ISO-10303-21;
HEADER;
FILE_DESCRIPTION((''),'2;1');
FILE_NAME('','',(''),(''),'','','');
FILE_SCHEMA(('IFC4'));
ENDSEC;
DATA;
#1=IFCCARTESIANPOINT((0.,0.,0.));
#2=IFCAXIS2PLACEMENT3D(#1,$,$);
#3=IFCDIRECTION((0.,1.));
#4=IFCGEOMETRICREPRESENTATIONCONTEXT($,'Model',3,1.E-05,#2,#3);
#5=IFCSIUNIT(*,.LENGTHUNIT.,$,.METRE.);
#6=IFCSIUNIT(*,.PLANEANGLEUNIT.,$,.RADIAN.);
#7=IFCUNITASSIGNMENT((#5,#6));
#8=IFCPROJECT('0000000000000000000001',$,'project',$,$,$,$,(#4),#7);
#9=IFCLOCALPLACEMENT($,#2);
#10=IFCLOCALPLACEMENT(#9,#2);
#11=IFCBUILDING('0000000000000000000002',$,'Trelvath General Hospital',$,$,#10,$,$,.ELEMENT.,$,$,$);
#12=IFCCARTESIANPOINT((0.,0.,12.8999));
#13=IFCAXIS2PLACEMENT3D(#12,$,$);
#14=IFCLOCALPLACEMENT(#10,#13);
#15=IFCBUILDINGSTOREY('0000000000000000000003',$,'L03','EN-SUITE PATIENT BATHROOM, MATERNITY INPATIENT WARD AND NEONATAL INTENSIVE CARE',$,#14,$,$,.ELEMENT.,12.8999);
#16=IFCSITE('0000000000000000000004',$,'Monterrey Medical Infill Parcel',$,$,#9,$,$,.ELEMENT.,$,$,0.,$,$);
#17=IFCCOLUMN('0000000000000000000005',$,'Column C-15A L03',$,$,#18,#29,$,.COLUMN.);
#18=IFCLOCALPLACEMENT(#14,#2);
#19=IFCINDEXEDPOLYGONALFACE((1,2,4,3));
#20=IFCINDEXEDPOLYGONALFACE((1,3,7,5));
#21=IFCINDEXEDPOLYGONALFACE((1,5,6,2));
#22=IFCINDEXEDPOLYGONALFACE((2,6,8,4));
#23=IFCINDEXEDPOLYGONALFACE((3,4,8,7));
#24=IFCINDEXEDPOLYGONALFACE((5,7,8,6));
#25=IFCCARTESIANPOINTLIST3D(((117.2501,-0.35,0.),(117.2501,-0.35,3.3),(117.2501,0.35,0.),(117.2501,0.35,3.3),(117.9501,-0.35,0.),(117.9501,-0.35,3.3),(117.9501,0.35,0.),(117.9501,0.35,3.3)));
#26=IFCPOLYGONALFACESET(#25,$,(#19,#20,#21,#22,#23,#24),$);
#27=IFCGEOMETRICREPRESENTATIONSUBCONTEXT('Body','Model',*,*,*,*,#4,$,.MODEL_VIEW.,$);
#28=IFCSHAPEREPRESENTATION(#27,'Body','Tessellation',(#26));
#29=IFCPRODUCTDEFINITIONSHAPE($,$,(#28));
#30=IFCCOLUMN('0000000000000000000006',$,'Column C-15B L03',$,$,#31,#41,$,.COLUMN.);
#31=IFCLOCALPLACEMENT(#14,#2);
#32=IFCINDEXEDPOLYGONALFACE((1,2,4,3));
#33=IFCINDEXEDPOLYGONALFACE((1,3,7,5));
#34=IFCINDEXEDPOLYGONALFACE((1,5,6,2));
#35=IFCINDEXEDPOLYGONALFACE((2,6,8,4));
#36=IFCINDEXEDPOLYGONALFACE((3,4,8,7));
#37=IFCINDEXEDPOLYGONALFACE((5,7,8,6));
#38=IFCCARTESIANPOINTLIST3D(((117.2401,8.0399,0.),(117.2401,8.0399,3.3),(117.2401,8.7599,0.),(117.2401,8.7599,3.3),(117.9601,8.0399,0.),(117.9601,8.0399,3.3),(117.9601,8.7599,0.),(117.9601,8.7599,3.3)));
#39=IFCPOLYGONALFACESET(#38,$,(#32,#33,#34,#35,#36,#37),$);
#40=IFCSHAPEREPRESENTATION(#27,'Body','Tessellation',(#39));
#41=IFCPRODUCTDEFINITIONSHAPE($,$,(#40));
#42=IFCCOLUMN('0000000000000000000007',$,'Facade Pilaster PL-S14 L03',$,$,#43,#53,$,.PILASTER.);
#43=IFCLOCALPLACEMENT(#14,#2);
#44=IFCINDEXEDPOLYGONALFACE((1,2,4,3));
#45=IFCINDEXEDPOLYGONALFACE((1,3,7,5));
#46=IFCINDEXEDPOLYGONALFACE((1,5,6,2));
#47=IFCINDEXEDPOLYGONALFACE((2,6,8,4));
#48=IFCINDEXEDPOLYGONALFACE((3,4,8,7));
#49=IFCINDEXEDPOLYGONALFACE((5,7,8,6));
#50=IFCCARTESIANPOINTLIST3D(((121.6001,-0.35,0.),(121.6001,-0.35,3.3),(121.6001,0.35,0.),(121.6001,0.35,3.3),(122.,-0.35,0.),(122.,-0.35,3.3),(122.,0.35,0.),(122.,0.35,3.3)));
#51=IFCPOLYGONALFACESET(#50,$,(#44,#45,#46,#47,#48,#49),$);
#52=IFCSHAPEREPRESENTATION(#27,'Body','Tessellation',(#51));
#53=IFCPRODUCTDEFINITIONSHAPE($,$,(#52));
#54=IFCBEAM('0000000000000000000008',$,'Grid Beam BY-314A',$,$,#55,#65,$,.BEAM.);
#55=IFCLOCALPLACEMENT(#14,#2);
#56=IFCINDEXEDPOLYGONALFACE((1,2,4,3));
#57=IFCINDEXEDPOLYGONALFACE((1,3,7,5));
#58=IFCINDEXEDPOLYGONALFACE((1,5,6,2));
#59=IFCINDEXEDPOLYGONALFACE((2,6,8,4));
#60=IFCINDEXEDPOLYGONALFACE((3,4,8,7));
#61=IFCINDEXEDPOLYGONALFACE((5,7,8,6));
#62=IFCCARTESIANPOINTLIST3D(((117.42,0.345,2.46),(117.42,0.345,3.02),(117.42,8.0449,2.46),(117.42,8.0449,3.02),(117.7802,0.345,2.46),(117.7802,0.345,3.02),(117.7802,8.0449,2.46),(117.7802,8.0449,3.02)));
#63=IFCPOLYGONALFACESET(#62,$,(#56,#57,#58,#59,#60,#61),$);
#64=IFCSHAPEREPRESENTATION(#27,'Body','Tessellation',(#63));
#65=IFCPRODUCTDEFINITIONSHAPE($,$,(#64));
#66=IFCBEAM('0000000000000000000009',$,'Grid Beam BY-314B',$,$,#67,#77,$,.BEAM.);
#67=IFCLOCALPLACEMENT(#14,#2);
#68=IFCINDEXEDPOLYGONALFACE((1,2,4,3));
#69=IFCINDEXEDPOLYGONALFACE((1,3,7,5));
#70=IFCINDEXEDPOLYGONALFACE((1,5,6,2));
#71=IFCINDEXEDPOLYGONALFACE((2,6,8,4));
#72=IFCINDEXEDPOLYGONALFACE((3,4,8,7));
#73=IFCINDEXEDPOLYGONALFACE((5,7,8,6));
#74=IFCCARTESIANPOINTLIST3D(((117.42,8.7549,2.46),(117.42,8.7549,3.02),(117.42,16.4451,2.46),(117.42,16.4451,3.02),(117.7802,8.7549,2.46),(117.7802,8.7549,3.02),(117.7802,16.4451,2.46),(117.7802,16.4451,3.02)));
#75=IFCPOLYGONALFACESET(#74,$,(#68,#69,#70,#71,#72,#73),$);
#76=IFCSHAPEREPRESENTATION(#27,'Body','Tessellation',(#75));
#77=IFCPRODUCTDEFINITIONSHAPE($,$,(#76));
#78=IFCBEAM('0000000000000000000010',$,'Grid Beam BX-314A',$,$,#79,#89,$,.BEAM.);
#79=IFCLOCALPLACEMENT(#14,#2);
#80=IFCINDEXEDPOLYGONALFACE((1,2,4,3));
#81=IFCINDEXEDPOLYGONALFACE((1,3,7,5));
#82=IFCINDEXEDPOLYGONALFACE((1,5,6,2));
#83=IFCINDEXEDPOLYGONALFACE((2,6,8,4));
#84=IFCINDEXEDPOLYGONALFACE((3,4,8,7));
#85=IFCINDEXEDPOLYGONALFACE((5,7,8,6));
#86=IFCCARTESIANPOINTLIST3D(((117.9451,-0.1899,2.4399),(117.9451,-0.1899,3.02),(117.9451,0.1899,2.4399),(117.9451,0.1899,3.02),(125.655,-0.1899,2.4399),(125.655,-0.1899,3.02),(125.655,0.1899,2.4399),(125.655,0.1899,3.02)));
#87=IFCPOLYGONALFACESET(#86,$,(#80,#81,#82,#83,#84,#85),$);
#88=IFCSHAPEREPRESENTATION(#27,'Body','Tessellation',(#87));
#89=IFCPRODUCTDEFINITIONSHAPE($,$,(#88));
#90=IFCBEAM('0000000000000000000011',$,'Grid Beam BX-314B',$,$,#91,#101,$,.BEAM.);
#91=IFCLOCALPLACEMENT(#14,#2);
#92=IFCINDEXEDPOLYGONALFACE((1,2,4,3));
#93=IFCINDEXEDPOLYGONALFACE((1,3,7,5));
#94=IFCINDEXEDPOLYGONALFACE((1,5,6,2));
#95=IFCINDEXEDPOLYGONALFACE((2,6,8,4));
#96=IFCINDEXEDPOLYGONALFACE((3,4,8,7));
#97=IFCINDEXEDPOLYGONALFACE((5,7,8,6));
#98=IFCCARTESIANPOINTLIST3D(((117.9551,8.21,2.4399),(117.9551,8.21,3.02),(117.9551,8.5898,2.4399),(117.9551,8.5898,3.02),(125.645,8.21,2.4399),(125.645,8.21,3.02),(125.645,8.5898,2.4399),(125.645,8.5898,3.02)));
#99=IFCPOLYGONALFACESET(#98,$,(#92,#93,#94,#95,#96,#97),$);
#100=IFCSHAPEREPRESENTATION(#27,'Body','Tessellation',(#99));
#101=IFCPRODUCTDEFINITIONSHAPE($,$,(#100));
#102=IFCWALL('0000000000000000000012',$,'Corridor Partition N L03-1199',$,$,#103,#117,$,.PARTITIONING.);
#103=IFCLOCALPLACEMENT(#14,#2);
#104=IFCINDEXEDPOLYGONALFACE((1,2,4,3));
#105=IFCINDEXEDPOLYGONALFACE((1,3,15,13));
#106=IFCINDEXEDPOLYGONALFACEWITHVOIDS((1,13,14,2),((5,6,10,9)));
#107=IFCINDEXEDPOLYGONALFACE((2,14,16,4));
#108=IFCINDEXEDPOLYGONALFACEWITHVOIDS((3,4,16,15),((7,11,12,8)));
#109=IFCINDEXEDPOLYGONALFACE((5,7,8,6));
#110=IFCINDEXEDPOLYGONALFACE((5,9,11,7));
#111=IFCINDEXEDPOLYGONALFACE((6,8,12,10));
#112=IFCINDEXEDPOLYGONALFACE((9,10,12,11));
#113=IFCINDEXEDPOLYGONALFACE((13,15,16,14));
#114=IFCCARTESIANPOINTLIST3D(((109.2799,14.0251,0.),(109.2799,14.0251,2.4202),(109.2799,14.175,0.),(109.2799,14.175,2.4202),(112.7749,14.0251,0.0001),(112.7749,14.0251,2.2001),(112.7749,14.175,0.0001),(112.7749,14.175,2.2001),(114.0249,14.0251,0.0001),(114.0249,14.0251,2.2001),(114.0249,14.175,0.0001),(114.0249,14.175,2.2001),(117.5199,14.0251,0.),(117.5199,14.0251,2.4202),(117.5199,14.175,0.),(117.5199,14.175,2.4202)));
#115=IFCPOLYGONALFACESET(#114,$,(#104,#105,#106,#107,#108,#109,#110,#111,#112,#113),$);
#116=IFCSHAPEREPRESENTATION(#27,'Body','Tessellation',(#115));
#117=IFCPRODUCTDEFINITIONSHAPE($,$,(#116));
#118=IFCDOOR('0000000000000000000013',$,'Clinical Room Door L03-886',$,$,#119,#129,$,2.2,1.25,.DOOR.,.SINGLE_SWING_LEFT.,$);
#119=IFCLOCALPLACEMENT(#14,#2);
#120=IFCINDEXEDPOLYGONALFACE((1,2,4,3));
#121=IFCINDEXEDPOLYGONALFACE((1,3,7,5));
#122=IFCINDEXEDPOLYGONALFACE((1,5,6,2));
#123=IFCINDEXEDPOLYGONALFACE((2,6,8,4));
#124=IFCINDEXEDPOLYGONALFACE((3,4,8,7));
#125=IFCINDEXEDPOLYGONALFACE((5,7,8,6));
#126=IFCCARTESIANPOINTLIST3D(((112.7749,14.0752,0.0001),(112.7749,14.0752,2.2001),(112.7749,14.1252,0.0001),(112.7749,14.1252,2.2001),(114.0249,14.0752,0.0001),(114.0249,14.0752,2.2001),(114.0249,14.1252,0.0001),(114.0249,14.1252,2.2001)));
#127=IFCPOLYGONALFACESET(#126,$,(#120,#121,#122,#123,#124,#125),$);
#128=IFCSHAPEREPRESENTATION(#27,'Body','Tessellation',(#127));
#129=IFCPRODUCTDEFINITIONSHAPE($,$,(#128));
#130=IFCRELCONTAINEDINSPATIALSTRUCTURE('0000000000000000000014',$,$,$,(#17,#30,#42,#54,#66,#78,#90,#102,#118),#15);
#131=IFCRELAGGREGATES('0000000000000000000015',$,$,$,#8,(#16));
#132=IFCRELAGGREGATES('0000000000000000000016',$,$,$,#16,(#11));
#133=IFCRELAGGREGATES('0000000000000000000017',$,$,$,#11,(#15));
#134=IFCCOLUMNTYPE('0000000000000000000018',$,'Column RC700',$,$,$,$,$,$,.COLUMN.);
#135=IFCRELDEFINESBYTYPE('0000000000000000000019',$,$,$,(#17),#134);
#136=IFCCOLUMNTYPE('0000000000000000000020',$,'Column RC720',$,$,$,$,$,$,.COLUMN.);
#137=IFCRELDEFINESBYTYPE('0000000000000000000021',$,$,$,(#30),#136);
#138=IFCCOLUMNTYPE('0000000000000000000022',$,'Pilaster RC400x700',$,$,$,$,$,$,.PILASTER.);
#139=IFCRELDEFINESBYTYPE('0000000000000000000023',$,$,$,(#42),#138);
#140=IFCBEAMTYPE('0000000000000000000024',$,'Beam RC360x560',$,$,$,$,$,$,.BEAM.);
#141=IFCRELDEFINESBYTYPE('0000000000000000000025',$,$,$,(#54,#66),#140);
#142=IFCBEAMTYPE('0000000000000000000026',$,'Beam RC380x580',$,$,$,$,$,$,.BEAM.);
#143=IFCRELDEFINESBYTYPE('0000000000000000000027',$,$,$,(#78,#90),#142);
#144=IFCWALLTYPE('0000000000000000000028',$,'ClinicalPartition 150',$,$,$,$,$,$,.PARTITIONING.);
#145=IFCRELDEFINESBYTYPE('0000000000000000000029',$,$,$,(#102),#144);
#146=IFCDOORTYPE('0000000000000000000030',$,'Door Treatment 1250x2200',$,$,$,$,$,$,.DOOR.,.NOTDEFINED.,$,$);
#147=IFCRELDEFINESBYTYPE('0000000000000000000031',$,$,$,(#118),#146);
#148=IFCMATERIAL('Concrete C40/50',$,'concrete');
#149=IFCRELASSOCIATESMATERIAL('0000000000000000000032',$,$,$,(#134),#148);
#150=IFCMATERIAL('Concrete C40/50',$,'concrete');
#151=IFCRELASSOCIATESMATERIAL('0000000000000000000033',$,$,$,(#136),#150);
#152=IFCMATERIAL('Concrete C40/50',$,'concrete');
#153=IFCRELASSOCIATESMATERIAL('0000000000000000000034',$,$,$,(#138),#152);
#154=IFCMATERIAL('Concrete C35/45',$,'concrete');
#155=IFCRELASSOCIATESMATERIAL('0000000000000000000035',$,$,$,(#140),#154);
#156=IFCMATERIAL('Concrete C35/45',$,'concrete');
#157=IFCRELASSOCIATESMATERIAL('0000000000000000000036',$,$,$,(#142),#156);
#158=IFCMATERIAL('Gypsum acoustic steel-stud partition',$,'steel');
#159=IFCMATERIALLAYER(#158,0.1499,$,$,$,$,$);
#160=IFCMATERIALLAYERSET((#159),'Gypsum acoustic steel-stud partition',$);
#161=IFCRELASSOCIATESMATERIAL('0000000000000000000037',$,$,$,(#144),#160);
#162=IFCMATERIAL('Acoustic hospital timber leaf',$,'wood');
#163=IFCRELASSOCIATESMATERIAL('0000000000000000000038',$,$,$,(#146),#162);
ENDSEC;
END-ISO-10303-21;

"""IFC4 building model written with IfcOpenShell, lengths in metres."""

from ifc_helpers import new_model, si_unit, direction, frame, frame_2d, origin, origin_2d, place, context, subcontext, project, spatial, rectangle, extrude, material, layer, layer_set, material_profile, profile_set, type_object, element, fill, save


model = new_model("IFC4")

# Units and contexts
model_context = context("Model", 3, precision=1e-05, world=origin(), true_north=direction((0.0, 1.0)))
body_context = subcontext(model_context, "Body", "Model", "MODEL_VIEW")
ifc_project = project(units=[si_unit("LENGTHUNIT", "METRE"), si_unit("PLANEANGLEUNIT", "RADIAN")], contexts=[model_context])

# Site, building, storey
site_placement = place(None, origin())
site = spatial("IfcSite", under=ifc_project, at=site_placement, Name="Monterrey Medical Infill Parcel", CompositionType="ELEMENT", RefElevation=0.0)
building_placement = place(site_placement, origin())
building = spatial("IfcBuilding", under=site, at=building_placement, Name="Trelvath General Hospital", CompositionType="ELEMENT")
storey_placement = place(building_placement, frame((0.0, 0.0, 12.8999)))
storey = spatial("IfcBuildingStorey", under=building, at=storey_placement, Name="L03", Description="EN-SUITE PATIENT BATHROOM, MATERNITY INPATIENT WARD AND NEONATAL INTENSIVE CARE", CompositionType="ELEMENT", Elevation=12.8999)

# Columns
ifc_material_1 = material(Name="Concrete C40/50", Category="concrete")
ifc_material_profile_1 = material_profile(ifc_material_1, rectangle(XDim=0.7, YDim=0.7, at=origin_2d()), Name="RC700x700")
ifc_profile_set_1 = profile_set([ifc_material_profile_1], Name="Concrete C40/50")
column_type_1 = type_object("IfcColumnType", Name="Column RC700", PredefinedType="COLUMN", material=ifc_profile_set_1)
column_1_placement = place(storey_placement, frame((117.6001, 0.0, 0.0), z_axis=(0.0, 0.0, 1.0), x_axis=(1.0, 0.0, 0.0)))
element("IfcColumn", 1, at=column_1_placement, inside=storey, type_object=column_type_1, Name="Column C-15A L03", PredefinedType="COLUMN", context=body_context, shape_type="SweptSolid", body=[
    extrude(rectangle(XDim=0.7, YDim=0.7, at=origin_2d()), origin(), (0.0, 0.0, 1.0), 3.3),
])
ifc_material_2 = material(Name="Concrete C40/50", Category="concrete")
ifc_material_profile_2 = material_profile(ifc_material_2, rectangle(XDim=0.72, YDim=0.72, at=origin_2d()), Name="RC720x720")
ifc_profile_set_2 = profile_set([ifc_material_profile_2], Name="Concrete C40/50")
column_type_2 = type_object("IfcColumnType", Name="Column RC720", PredefinedType="COLUMN", material=ifc_profile_set_2)
column_2_placement = place(storey_placement, frame((117.6001, 8.3999, 0.0), z_axis=(0.0, 0.0, 1.0), x_axis=(1.0, 0.0, 0.0)))
element("IfcColumn", 2, at=column_2_placement, inside=storey, type_object=column_type_2, Name="Column C-15B L03", PredefinedType="COLUMN", context=body_context, shape_type="SweptSolid", body=[
    extrude(rectangle(XDim=0.72, YDim=0.72, at=origin_2d()), origin(), (0.0, 0.0, 1.0), 3.3),
])
ifc_material_3 = material(Name="Concrete C40/50", Category="concrete")
ifc_material_profile_3 = material_profile(ifc_material_3, rectangle(XDim=0.3999, YDim=0.7, at=origin_2d()), Name="RC400x700")
ifc_profile_set_3 = profile_set([ifc_material_profile_3], Name="Concrete C40/50")
column_type_3 = type_object("IfcColumnType", Name="Pilaster RC400x700", PredefinedType="PILASTER", material=ifc_profile_set_3)
column_3_placement = place(storey_placement, frame((121.8, 0.0, 0.0), z_axis=(0.0, 0.0, 1.0), x_axis=(1.0, 0.0, 0.0)))
element("IfcColumn", 3, at=column_3_placement, inside=storey, type_object=column_type_3, Name="Facade Pilaster PL-S14 L03", PredefinedType="PILASTER", context=body_context, shape_type="SweptSolid", body=[
    extrude(rectangle(XDim=0.3999, YDim=0.7, at=origin_2d()), origin(), (0.0, 0.0, 1.0), 3.3),
])

# Beams
ifc_material_4 = material(Name="Concrete C35/45", Category="concrete")
ifc_material_profile_4 = material_profile(ifc_material_4, rectangle(XDim=0.3601, YDim=0.5601, at=origin_2d()), Name="RCB360x560")
ifc_profile_set_4 = profile_set([ifc_material_profile_4], Name="Concrete C35/45")
beam_type_1 = type_object("IfcBeamType", Name="Beam RC360x560", PredefinedType="BEAM", material=ifc_profile_set_4)
beam_1_placement = place(storey_placement, frame((117.6001, 0.345, 2.74), z_axis=(0.0, 1.0, 0.0), x_axis=(-1.0, 0.0, 0.0)))
element("IfcBeam", 4, at=beam_1_placement, inside=storey, type_object=beam_type_1, Name="Grid Beam BY-314A", PredefinedType="BEAM", context=body_context, shape_type="SweptSolid", body=[
    extrude(rectangle(XDim=0.3601, YDim=0.5601, at=origin_2d()), origin(), (0.0, 0.0, 1.0), 7.7),
])
beam_2_placement = place(storey_placement, frame((117.6001, 8.7549, 2.74), z_axis=(0.0, 1.0, 0.0), x_axis=(-1.0, 0.0, 0.0)))
element("IfcBeam", 5, at=beam_2_placement, inside=storey, type_object=beam_type_1, Name="Grid Beam BY-314B", PredefinedType="BEAM", context=body_context, shape_type="SweptSolid", body=[
    extrude(rectangle(XDim=0.3601, YDim=0.5601, at=origin_2d()), origin(), (0.0, 0.0, 1.0), 7.6902),
])
ifc_material_5 = material(Name="Concrete C35/45", Category="concrete")
ifc_material_profile_5 = material_profile(ifc_material_5, rectangle(XDim=0.3799, YDim=0.5801, at=origin_2d()), Name="RCB380x580")
ifc_profile_set_5 = profile_set([ifc_material_profile_5], Name="Concrete C35/45")
beam_type_2 = type_object("IfcBeamType", Name="Beam RC380x580", PredefinedType="BEAM", material=ifc_profile_set_5)
beam_3_placement = place(storey_placement, frame((117.9451, 0.0, 2.73), z_axis=(1.0, 0.0, 0.0), x_axis=(0.0, 1.0, 0.0)))
element("IfcBeam", 6, at=beam_3_placement, inside=storey, type_object=beam_type_2, Name="Grid Beam BX-314A", PredefinedType="BEAM", context=body_context, shape_type="SweptSolid", body=[
    extrude(rectangle(XDim=0.3799, YDim=0.5801, at=origin_2d()), origin(), (0.0, 0.0, 1.0), 7.71),
])
beam_4_placement = place(storey_placement, frame((117.9551, 8.3999, 2.73), z_axis=(1.0, 0.0, 0.0), x_axis=(0.0, 1.0, 0.0)))
element("IfcBeam", 7, at=beam_4_placement, inside=storey, type_object=beam_type_2, Name="Grid Beam BX-314B", PredefinedType="BEAM", context=body_context, shape_type="SweptSolid", body=[
    extrude(rectangle(XDim=0.3799, YDim=0.5801, at=origin_2d()), origin(), (0.0, 0.0, 1.0), 7.6899),
])

# Wall, opening, door
ifc_material_6 = material(Name="Gypsum acoustic steel-stud partition", Category="steel")
ifc_layer_1 = layer(ifc_material_6, 0.1499)
ifc_layer_set_1 = layer_set([ifc_layer_1], Name="Gypsum acoustic steel-stud partition")
wall_type_1 = type_object("IfcWallType", Name="ClinicalPartition 150", PredefinedType="PARTITIONING", material=ifc_layer_set_1)
wall_1_placement = place(storey_placement, frame((117.52, 14.1001, 0.0), z_axis=(0.0, 0.0, 1.0), x_axis=(-1.0, 0.0, 0.0)))
wall_1 = element("IfcWall", 8, at=wall_1_placement, inside=storey, type_object=wall_type_1, Name="Corridor Partition N L03-1199", PredefinedType="PARTITIONING", context=body_context, shape_type="SweptSolid", body=[
    extrude(rectangle(XDim=8.24, YDim=0.1499, at=frame_2d((4.1201, 0.0))), origin(), (0.0, 0.0, 1.0), 2.4202),
])
opening_1_placement = place(wall_1_placement, frame((3.4951, 0.0, 0.0)))
opening_1 = element("IfcOpeningElement", 9, at=opening_1_placement, cuts=wall_1, PredefinedType="OPENING", context=body_context, shape_type="SweptSolid", body=[
    extrude(rectangle(XDim=1.25, YDim=2.2, at=frame_2d((0.625, 1.1001))), frame((0.0, 0.085, 0.0), z_axis=(0.0, -1.0, 0.0), x_axis=(1.0, 0.0, 0.0)), (0.0, 0.0, 1.0), 0.1699),
])
ifc_material_7 = material(Name="Acoustic hospital timber leaf", Category="wood")
door_type_1 = type_object("IfcDoorType", Name="Door Treatment 1250x2200", OperationType="NOTDEFINED", PredefinedType="DOOR", material=ifc_material_7)
door_1_placement = place(opening_1_placement, origin())
door_1 = element("IfcDoor", 10, at=door_1_placement, inside=storey, type_object=door_type_1, Name="Clinical Room Door L03-886", OperationType="SINGLE_SWING_LEFT", OverallHeight=2.2, OverallWidth=1.25, PredefinedType="DOOR", context=body_context, shape_type="SweptSolid", body=[
    extrude(rectangle(XDim=1.25, YDim=2.2, at=frame_2d((0.625, 1.1001))), frame((0.0, 0.0249, 0.0), z_axis=(0.0, -1.0, 0.0), x_axis=(1.0, 0.0, 0.0)), (0.0, 0.0, 1.0), 0.05),
])
fill(opening_1, door_1)

save(model, "model.ifc")
